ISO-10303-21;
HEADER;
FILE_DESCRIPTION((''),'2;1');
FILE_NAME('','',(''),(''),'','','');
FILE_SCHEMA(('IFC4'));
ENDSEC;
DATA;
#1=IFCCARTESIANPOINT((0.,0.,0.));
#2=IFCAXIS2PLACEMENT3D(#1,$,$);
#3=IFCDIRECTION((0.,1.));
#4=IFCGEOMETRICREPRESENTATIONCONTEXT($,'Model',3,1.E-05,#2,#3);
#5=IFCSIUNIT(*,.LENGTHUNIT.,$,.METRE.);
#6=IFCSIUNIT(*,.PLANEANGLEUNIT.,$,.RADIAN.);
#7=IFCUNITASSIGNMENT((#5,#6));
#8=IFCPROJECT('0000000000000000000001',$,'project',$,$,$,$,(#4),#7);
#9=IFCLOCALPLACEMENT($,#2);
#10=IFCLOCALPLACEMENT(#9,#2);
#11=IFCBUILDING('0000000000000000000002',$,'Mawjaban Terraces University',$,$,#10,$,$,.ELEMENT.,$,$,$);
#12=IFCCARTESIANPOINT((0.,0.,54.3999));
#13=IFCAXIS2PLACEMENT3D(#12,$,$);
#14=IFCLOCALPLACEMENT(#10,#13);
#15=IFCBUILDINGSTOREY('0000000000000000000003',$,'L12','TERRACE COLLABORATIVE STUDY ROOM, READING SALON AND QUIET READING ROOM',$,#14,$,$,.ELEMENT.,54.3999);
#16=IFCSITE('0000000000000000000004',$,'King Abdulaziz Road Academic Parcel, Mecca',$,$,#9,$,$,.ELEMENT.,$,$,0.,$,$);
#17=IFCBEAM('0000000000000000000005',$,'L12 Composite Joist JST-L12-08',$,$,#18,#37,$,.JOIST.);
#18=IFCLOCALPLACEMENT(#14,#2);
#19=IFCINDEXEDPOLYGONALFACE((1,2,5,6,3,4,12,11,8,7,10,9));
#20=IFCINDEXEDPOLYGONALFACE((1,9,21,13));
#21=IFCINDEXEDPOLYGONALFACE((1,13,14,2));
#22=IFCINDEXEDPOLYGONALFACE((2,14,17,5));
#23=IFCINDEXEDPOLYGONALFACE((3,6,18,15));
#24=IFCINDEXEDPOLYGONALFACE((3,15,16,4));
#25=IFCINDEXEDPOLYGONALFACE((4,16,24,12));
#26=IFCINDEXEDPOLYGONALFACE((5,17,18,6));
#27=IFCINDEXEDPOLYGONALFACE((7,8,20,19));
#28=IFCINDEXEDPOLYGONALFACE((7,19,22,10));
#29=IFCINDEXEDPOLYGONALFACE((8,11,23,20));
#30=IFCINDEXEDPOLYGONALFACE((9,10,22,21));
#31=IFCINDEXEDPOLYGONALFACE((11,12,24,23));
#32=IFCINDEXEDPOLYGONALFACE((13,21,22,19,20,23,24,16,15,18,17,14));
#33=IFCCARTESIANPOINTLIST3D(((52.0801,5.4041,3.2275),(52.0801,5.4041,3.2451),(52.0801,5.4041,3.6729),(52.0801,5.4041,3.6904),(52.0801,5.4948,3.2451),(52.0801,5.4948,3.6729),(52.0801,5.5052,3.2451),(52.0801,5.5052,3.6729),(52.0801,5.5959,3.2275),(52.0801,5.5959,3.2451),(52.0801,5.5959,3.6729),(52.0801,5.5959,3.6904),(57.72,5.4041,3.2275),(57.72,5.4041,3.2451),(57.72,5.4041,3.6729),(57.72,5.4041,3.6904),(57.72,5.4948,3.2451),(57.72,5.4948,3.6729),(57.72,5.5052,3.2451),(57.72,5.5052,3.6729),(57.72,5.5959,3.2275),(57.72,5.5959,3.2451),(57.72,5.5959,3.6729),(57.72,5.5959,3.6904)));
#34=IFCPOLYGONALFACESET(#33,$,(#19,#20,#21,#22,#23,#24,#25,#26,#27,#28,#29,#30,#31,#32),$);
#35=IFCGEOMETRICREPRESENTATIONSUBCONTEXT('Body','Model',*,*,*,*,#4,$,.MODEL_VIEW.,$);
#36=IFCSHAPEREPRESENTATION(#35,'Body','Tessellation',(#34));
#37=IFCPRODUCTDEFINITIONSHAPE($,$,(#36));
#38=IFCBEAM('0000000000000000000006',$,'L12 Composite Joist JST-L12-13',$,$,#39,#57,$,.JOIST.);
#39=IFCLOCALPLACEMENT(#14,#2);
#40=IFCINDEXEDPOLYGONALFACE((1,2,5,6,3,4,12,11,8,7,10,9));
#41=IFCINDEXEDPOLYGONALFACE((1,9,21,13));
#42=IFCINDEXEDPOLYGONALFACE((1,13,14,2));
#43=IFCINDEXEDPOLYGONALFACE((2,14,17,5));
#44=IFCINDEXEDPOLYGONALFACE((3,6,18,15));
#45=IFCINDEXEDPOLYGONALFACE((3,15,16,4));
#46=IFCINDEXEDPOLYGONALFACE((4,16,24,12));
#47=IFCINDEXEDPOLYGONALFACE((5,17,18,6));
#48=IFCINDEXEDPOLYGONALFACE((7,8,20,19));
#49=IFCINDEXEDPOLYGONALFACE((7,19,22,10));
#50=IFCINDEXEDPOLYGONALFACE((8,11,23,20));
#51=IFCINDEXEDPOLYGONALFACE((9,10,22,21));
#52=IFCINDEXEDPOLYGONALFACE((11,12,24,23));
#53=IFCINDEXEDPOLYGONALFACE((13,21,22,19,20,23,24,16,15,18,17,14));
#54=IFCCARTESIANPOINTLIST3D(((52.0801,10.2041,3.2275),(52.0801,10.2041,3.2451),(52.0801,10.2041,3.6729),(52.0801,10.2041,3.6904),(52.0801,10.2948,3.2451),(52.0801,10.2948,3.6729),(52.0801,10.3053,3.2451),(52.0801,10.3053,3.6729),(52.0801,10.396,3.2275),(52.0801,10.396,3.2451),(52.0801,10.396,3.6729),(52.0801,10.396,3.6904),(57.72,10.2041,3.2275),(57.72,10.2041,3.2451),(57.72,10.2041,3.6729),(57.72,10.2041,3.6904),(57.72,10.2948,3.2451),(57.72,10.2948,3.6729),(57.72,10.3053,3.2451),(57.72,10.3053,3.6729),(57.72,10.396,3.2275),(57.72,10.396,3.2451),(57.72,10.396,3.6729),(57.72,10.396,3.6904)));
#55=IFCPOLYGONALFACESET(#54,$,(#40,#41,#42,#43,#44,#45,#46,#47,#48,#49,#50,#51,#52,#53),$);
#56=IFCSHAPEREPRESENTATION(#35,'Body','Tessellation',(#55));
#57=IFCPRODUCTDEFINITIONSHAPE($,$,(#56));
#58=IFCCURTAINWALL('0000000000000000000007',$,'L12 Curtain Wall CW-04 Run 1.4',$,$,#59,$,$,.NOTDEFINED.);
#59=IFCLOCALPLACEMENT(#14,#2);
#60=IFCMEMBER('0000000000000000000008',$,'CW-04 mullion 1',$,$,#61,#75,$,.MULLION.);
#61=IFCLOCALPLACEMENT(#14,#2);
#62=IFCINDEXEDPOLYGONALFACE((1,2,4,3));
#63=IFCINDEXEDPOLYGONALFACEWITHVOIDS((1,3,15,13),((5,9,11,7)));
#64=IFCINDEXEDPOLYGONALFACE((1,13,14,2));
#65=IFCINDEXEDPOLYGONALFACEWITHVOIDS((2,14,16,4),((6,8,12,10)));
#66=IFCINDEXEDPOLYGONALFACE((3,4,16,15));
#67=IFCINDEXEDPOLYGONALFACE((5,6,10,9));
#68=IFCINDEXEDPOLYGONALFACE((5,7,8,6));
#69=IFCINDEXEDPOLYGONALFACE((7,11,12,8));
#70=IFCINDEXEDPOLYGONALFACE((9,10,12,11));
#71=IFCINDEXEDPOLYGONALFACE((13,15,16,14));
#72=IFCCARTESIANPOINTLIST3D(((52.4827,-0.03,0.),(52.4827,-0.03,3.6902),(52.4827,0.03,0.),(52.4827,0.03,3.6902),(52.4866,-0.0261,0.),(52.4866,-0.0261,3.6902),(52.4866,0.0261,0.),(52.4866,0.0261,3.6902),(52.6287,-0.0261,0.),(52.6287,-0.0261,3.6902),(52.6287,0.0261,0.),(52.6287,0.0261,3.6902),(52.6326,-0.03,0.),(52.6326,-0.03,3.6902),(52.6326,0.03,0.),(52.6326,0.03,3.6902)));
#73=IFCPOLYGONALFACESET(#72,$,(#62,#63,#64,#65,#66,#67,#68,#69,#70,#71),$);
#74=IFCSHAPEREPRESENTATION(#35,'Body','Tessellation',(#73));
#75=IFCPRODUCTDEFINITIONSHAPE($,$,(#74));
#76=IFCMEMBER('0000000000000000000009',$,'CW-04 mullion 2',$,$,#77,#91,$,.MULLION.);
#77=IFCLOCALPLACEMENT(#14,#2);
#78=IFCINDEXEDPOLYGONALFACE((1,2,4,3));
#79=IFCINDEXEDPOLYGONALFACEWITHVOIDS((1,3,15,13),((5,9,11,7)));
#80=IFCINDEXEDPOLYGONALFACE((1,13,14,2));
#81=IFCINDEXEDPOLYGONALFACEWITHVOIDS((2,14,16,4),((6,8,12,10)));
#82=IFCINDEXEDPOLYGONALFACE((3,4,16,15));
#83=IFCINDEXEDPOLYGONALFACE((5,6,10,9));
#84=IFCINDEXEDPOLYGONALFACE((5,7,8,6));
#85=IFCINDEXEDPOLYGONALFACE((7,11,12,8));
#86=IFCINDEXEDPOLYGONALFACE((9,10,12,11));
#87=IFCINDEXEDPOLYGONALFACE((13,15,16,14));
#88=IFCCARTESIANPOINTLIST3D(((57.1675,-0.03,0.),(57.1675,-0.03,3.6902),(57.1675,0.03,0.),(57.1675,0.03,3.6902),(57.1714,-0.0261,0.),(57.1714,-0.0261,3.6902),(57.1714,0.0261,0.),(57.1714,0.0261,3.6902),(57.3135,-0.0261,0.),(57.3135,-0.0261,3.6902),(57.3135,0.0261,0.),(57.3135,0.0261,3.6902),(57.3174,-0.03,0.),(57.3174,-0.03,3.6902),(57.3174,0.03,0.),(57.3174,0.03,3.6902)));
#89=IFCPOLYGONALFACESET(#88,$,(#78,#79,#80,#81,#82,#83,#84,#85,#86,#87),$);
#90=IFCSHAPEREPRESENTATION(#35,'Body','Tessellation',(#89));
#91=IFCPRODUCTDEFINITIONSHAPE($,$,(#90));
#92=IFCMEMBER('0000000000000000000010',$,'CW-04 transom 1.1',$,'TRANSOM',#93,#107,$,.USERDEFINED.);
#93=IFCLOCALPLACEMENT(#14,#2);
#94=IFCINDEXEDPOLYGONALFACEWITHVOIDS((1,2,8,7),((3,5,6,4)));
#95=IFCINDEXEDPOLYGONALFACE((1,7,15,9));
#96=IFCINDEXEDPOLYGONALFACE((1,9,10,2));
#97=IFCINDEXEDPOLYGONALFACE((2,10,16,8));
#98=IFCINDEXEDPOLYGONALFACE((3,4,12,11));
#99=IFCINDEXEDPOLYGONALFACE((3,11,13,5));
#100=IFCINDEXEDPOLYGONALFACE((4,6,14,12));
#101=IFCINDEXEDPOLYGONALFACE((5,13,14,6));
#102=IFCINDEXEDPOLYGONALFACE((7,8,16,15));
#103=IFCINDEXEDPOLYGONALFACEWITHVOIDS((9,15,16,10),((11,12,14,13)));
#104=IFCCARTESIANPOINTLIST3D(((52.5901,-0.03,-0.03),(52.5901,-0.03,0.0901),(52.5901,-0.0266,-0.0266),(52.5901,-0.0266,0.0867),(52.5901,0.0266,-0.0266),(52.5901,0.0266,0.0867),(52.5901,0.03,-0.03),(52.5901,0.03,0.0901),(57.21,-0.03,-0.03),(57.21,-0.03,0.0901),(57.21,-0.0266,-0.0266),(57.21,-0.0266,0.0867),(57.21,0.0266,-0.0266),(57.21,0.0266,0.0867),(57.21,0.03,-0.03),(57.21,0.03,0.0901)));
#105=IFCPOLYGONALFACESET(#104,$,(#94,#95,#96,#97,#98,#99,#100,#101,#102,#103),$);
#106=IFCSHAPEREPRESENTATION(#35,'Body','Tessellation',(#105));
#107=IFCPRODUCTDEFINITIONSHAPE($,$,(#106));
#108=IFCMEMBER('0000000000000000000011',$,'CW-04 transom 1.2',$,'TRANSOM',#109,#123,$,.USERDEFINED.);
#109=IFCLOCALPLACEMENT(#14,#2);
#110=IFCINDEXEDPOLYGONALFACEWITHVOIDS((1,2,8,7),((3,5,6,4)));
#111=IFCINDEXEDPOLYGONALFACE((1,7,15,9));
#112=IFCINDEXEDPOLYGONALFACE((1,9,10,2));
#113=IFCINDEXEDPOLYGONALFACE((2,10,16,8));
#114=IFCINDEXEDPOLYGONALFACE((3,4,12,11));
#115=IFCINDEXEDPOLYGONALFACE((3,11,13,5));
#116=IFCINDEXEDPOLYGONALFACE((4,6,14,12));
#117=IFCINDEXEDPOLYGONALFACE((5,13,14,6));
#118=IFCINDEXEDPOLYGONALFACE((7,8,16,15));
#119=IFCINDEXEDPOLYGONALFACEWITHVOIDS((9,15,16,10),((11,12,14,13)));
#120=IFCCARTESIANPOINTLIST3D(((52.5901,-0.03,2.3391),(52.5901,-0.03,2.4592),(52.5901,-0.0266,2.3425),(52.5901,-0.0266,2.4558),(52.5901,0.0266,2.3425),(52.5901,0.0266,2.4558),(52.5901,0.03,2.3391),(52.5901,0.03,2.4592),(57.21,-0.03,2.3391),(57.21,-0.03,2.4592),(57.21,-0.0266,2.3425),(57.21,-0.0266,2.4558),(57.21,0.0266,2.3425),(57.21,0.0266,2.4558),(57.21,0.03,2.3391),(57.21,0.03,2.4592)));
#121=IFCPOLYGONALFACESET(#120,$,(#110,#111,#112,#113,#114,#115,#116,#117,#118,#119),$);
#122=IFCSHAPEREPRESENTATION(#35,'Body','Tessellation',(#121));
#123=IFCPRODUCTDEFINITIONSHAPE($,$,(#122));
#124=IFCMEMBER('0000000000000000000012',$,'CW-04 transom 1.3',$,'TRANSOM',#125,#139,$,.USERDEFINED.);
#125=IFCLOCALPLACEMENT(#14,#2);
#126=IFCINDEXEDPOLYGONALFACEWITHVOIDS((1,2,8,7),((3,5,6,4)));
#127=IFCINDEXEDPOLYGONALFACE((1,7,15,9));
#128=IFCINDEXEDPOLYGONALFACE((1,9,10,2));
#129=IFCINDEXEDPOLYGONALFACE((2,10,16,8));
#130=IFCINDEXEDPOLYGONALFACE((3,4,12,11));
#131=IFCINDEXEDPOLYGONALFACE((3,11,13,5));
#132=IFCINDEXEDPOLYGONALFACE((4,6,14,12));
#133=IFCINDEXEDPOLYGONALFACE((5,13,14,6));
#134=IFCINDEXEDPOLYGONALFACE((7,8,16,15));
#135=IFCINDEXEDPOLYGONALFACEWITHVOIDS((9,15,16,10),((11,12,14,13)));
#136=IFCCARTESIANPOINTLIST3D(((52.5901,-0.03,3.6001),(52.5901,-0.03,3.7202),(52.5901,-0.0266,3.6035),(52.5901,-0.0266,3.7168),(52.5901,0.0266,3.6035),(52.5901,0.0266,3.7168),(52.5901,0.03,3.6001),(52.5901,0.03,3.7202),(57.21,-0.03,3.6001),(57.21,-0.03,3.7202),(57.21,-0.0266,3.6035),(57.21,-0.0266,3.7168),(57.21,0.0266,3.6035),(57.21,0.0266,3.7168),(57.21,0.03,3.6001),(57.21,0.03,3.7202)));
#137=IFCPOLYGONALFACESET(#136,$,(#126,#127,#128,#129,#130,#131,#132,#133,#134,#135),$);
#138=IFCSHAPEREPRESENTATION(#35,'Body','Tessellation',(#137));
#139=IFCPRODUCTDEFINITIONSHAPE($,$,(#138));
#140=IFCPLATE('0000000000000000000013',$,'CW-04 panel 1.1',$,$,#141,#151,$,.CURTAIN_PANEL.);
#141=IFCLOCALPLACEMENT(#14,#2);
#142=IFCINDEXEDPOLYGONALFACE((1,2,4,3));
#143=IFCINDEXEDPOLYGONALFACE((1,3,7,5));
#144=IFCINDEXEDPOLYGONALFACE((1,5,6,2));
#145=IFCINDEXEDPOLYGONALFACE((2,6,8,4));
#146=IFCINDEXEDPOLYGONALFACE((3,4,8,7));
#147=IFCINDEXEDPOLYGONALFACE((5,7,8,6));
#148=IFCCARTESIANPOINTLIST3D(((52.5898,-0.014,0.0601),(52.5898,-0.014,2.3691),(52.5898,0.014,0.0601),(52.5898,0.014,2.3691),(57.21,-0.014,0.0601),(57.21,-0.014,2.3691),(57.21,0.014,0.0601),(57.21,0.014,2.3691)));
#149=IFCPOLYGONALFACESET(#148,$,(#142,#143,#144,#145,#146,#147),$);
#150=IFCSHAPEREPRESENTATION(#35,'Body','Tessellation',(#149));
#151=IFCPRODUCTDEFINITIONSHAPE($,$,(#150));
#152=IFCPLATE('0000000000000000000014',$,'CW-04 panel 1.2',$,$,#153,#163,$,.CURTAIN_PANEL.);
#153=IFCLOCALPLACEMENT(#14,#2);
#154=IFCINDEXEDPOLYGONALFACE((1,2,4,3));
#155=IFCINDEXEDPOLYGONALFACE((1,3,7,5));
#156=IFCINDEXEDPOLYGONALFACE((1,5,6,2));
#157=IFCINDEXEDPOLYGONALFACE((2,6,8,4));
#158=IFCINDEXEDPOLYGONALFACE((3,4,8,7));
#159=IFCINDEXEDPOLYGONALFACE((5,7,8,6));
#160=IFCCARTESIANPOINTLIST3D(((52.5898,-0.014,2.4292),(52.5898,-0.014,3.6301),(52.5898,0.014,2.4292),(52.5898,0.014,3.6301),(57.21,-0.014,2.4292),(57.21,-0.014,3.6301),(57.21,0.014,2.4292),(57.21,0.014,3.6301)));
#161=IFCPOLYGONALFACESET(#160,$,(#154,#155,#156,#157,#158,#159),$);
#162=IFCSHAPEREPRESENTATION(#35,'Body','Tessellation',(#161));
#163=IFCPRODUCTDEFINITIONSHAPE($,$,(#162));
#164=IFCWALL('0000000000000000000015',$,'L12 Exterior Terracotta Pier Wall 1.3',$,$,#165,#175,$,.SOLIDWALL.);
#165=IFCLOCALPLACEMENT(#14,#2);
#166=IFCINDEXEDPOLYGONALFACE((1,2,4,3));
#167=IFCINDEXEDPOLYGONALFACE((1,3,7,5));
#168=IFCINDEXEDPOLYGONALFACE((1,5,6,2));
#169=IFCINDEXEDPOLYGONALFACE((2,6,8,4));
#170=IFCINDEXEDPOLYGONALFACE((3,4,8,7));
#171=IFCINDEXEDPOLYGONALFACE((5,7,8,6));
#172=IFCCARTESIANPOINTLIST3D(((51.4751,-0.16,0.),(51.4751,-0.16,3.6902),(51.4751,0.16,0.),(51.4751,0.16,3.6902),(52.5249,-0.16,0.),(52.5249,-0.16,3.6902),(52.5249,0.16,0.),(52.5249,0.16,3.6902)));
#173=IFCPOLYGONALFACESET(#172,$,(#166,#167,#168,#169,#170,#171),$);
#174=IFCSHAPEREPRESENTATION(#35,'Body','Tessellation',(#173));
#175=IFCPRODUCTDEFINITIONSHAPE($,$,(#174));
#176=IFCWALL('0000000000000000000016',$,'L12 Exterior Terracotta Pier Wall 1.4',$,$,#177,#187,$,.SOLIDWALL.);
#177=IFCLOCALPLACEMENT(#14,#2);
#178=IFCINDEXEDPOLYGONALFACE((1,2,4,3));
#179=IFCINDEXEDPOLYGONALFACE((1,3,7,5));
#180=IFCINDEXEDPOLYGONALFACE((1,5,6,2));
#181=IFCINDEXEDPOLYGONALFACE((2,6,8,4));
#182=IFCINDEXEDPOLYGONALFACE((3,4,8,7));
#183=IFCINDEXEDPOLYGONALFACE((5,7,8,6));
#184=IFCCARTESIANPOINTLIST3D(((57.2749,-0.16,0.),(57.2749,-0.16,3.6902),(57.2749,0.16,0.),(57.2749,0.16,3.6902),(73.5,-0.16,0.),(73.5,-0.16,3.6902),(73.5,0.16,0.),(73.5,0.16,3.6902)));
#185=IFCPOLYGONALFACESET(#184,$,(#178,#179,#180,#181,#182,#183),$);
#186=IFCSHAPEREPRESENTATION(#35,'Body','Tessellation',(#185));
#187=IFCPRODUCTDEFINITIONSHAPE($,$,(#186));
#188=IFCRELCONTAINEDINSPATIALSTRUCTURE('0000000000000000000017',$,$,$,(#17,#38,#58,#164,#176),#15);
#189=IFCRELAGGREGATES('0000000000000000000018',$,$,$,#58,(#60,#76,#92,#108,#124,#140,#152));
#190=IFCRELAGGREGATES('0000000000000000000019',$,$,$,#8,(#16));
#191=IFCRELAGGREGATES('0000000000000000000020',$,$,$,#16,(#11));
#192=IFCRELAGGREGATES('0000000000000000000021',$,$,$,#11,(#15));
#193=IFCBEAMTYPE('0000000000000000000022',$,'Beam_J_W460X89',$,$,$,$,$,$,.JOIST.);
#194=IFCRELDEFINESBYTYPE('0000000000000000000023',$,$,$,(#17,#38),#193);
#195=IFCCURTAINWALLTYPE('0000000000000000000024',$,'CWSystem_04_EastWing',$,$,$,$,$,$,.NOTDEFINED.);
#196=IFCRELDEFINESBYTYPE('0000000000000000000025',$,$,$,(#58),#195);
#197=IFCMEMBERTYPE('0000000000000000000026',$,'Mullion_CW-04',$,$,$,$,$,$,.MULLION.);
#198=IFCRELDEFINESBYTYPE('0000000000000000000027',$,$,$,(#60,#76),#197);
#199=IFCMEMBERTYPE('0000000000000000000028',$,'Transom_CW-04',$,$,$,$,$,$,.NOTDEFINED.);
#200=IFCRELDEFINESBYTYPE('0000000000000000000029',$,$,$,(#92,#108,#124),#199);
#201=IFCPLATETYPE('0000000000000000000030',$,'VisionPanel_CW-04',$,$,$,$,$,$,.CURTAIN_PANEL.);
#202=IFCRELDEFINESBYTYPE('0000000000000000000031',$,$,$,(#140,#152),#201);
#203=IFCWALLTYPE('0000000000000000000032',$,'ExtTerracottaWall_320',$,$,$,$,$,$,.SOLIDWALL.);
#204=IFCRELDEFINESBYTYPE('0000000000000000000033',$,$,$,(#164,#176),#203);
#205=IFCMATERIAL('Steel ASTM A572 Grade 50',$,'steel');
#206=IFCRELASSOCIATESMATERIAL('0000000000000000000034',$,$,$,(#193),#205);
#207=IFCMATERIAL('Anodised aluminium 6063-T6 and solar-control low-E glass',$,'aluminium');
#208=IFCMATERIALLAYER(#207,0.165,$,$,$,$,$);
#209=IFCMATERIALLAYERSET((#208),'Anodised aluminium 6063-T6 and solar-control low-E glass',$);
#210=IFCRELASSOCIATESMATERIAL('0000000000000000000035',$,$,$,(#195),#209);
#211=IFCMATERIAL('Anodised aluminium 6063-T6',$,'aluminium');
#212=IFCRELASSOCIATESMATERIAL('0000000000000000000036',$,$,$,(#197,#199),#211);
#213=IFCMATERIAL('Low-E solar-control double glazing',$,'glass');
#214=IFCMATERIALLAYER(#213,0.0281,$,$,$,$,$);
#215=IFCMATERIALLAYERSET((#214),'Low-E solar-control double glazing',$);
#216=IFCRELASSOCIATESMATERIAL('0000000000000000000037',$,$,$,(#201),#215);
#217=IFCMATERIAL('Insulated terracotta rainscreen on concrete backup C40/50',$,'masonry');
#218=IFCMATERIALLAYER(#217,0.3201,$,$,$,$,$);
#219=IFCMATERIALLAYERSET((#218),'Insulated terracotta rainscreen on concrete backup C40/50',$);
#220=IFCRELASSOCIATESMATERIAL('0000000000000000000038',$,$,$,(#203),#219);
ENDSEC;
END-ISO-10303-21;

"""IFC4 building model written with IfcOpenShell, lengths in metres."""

from ifc_helpers import new_model, si_unit, direction, frame, frame_2d, origin, origin_2d, place, context, subcontext, project, spatial, rectangle, hollow_rectangle, i_section, extrude, material, layer, layer_set, material_profile, profile_set, type_object, element, aggregate, save


model = new_model("IFC4")

# Units and contexts
model_context = context("Model", 3, precision=1e-05, world=origin(), true_north=direction((0.0, 1.0)))
body_context = subcontext(model_context, "Body", "Model", "MODEL_VIEW")
ifc_project = project(units=[si_unit("LENGTHUNIT", "METRE"), si_unit("PLANEANGLEUNIT", "RADIAN")], contexts=[model_context])

# Site, building, storey
site_placement = place(None, origin())
site = spatial("IfcSite", under=ifc_project, at=site_placement, Name="King Abdulaziz Road Academic Parcel, Mecca", CompositionType="ELEMENT", RefElevation=0.0)
building_placement = place(site_placement, origin())
building = spatial("IfcBuilding", under=site, at=building_placement, Name="Mawjaban Terraces University", CompositionType="ELEMENT")
storey_placement = place(building_placement, frame((0.0, 0.0, 54.3999)))
storey = spatial("IfcBuildingStorey", under=building, at=storey_placement, Name="L12", Description="TERRACE COLLABORATIVE STUDY ROOM, READING SALON AND QUIET READING ROOM", CompositionType="ELEMENT", Elevation=54.3999)

# Beams
ifc_material_1 = material(Name="Steel ASTM A572 Grade 50", Category="steel")
ifc_material_profile_1 = material_profile(ifc_material_1, i_section(OverallWidth=0.1919, OverallDepth=0.4629, WebThickness=0.0105, FlangeThickness=0.0176, at=origin_2d()), Name="W460X89")
ifc_profile_set_1 = profile_set([ifc_material_profile_1], Name="Steel ASTM A572 Grade 50")
beam_type_1 = type_object("IfcBeamType", Name="Beam_J_W460X89", PredefinedType="JOIST", material=ifc_profile_set_1)
for number, where, z_axis, x_axis, name in (
    (1, (52.0801, 5.5, 3.459), (1.0, 0.0, 0.0), (0.0, 1.0, 0.0), "L12 Composite Joist JST-L12-08"),
    (2, (52.0801, 10.3, 3.459), (1.0, 0.0, 0.0), (0.0, 1.0, 0.0), "L12 Composite Joist JST-L12-13"),
):
    element("IfcBeam", number, at=place(storey_placement, frame(where, z_axis=z_axis, x_axis=x_axis)), inside=storey, type_object=beam_type_1, Name=name, PredefinedType="JOIST", context=body_context, shape_type="SweptSolid", body=[
        extrude(i_section(OverallWidth=0.1919, OverallDepth=0.4629, WebThickness=0.0105, FlangeThickness=0.0176, at=origin_2d()), origin(), (0.0, 0.0, 1.0), 5.6399),
    ])

# Curtain wall, members, plates
ifc_material_2 = material(Name="Anodised aluminium 6063-T6 and solar-control low-E glass", Category="aluminium")
ifc_layer_1 = layer(ifc_material_2, 0.165)
ifc_layer_set_1 = layer_set([ifc_layer_1], Name="Anodised aluminium 6063-T6 and solar-control low-E glass")
curtain_wall_type = type_object("IfcCurtainWallType", Name="CWSystem_04_EastWing", PredefinedType="NOTDEFINED", material=ifc_layer_set_1)
curtain_wall_placement = place(storey_placement, origin())
curtain_wall = element("IfcCurtainWall", 3, at=curtain_wall_placement, inside=storey, type_object=curtain_wall_type, Name="L12 Curtain Wall CW-04 Run 1.4", PredefinedType="NOTDEFINED")
ifc_material_3 = material(Name="Anodised aluminium 6063-T6", Category="aluminium")
ifc_material_profile_2 = material_profile(ifc_material_3, hollow_rectangle(XDim=0.0601, YDim=0.1499, WallThickness=0.0039, at=origin_2d()), Name="ALU150X60X4")
ifc_profile_set_2 = profile_set([ifc_material_profile_2], Name="Anodised aluminium 6063-T6")
member_type_1 = type_object("IfcMemberType", Name="Mullion_CW-04", PredefinedType="MULLION", material=ifc_profile_set_2)
member_1_placement = place(storey_placement, frame((52.5576, 0.0, 0.0), z_axis=(0.0, 0.0, 1.0), x_axis=(0.0, 1.0, 0.0)))
member_1 = element("IfcMember", 4, at=member_1_placement, type_object=member_type_1, Name="CW-04 mullion 1", PredefinedType="MULLION", context=body_context, shape_type="SweptSolid", body=[
    extrude(hollow_rectangle(XDim=0.0601, YDim=0.1499, WallThickness=0.0039, at=origin_2d()), origin(), (0.0, 0.0, 1.0), 3.6902),
])
member_2_placement = place(storey_placement, frame((57.2424, 0.0, 0.0), z_axis=(0.0, 0.0, 1.0), x_axis=(0.0, 1.0, 0.0)))
member_2 = element("IfcMember", 5, at=member_2_placement, type_object=member_type_1, Name="CW-04 mullion 2", PredefinedType="MULLION", context=body_context, shape_type="SweptSolid", body=[
    extrude(hollow_rectangle(XDim=0.0601, YDim=0.1499, WallThickness=0.0039, at=origin_2d()), origin(), (0.0, 0.0, 1.0), 3.6902),
])
ifc_material_profile_3 = material_profile(ifc_material_3, hollow_rectangle(XDim=0.0601, YDim=0.1201, WallThickness=0.0034, at=origin_2d()), Name="ALU120X60X3.5")
ifc_profile_set_3 = profile_set([ifc_material_profile_3], Name="Anodised aluminium 6063-T6")
member_type_2 = type_object("IfcMemberType", Name="Transom_CW-04", PredefinedType="NOTDEFINED", material=ifc_profile_set_3)
member_3_placement = place(storey_placement, frame((52.5901, 0.0, 0.03), z_axis=(1.0, 0.0, 0.0), x_axis=(0.0, 1.0, 0.0)))
member_3 = element("IfcMember", 6, at=member_3_placement, type_object=member_type_2, Name="CW-04 transom 1.1", ObjectType="TRANSOM", PredefinedType="USERDEFINED", context=body_context, shape_type="SweptSolid", body=[
    extrude(hollow_rectangle(XDim=0.0601, YDim=0.1201, WallThickness=0.0034, at=origin_2d()), origin(), (0.0, 0.0, 1.0), 4.6199),
])
member_4_placement = place(storey_placement, frame((52.5901, 0.0, 2.3992), z_axis=(1.0, 0.0, 0.0), x_axis=(0.0, 1.0, 0.0)))
member_4 = element("IfcMember", 7, at=member_4_placement, type_object=member_type_2, Name="CW-04 transom 1.2", ObjectType="TRANSOM", PredefinedType="USERDEFINED", context=body_context, shape_type="SweptSolid", body=[
    extrude(hollow_rectangle(XDim=0.0601, YDim=0.1201, WallThickness=0.0034, at=origin_2d()), origin(), (0.0, 0.0, 1.0), 4.6199),
])
member_5_placement = place(storey_placement, frame((52.5901, 0.0, 3.6602), z_axis=(1.0, 0.0, 0.0), x_axis=(0.0, 1.0, 0.0)))
member_5 = element("IfcMember", 8, at=member_5_placement, type_object=member_type_2, Name="CW-04 transom 1.3", ObjectType="TRANSOM", PredefinedType="USERDEFINED", context=body_context, shape_type="SweptSolid", body=[
    extrude(hollow_rectangle(XDim=0.0601, YDim=0.1201, WallThickness=0.0034, at=origin_2d()), origin(), (0.0, 0.0, 1.0), 4.6199),
])
ifc_material_4 = material(Name="Low-E solar-control double glazing", Category="glass")
ifc_layer_2 = layer(ifc_material_4, 0.0281)
ifc_layer_set_2 = layer_set([ifc_layer_2], Name="Low-E solar-control double glazing")
plate_type = type_object("IfcPlateType", Name="VisionPanel_CW-04", PredefinedType="CURTAIN_PANEL", material=ifc_layer_set_2)
plate_1_placement = place(storey_placement, frame((54.8999, 0.0, 0.0601), z_axis=(0.0, 0.0, 1.0), x_axis=(1.0, 0.0, 0.0)))
plate_1 = element("IfcPlate", 9, at=plate_1_placement, type_object=plate_type, Name="CW-04 panel 1.1", PredefinedType="CURTAIN_PANEL", context=body_context, shape_type="SweptSolid", body=[
    extrude(rectangle(XDim=4.6201, YDim=0.0281, at=origin_2d()), origin(), (0.0, 0.0, 1.0), 2.3091),
])
plate_2_placement = place(storey_placement, frame((54.8999, 0.0, 2.4292), z_axis=(0.0, 0.0, 1.0), x_axis=(1.0, 0.0, 0.0)))
plate_2 = element("IfcPlate", 10, at=plate_2_placement, type_object=plate_type, Name="CW-04 panel 1.2", PredefinedType="CURTAIN_PANEL", context=body_context, shape_type="SweptSolid", body=[
    extrude(rectangle(XDim=4.6201, YDim=0.0281, at=origin_2d()), origin(), (0.0, 0.0, 1.0), 1.2009),
])
aggregate(curtain_wall, [member_1, member_2, member_3, member_4, member_5, plate_1, plate_2])

# Walls
ifc_material_5 = material(Name="Insulated terracotta rainscreen on concrete backup C40/50", Category="masonry")
ifc_layer_3 = layer(ifc_material_5, 0.3201)
ifc_layer_set_3 = layer_set([ifc_layer_3], Name="Insulated terracotta rainscreen on concrete backup C40/50")
wall_type = type_object("IfcWallType", Name="ExtTerracottaWall_320", PredefinedType="SOLIDWALL", material=ifc_layer_set_3)
wall_1_placement = place(storey_placement, frame((51.4751, 0.0, 0.0), z_axis=(0.0, 0.0, 1.0), x_axis=(1.0, 0.0, 0.0)))
element("IfcWall", 11, at=wall_1_placement, inside=storey, type_object=wall_type, Name="L12 Exterior Terracotta Pier Wall 1.3", PredefinedType="SOLIDWALL", context=body_context, shape_type="SweptSolid", body=[
    extrude(rectangle(XDim=1.0498, YDim=0.3201, at=frame_2d((0.5249, 0.0))), origin(), (0.0, 0.0, 1.0), 3.6902),
])
wall_2_placement = place(storey_placement, frame((57.2749, 0.0, 0.0), z_axis=(0.0, 0.0, 1.0), x_axis=(1.0, 0.0, 0.0)))
element("IfcWall", 12, at=wall_2_placement, inside=storey, type_object=wall_type, Name="L12 Exterior Terracotta Pier Wall 1.4", PredefinedType="SOLIDWALL", context=body_context, shape_type="SweptSolid", body=[
    extrude(rectangle(XDim=16.2251, YDim=0.3201, at=frame_2d((8.1125, 0.0))), origin(), (0.0, 0.0, 1.0), 3.6902),
])

save(model, "model.ifc")
